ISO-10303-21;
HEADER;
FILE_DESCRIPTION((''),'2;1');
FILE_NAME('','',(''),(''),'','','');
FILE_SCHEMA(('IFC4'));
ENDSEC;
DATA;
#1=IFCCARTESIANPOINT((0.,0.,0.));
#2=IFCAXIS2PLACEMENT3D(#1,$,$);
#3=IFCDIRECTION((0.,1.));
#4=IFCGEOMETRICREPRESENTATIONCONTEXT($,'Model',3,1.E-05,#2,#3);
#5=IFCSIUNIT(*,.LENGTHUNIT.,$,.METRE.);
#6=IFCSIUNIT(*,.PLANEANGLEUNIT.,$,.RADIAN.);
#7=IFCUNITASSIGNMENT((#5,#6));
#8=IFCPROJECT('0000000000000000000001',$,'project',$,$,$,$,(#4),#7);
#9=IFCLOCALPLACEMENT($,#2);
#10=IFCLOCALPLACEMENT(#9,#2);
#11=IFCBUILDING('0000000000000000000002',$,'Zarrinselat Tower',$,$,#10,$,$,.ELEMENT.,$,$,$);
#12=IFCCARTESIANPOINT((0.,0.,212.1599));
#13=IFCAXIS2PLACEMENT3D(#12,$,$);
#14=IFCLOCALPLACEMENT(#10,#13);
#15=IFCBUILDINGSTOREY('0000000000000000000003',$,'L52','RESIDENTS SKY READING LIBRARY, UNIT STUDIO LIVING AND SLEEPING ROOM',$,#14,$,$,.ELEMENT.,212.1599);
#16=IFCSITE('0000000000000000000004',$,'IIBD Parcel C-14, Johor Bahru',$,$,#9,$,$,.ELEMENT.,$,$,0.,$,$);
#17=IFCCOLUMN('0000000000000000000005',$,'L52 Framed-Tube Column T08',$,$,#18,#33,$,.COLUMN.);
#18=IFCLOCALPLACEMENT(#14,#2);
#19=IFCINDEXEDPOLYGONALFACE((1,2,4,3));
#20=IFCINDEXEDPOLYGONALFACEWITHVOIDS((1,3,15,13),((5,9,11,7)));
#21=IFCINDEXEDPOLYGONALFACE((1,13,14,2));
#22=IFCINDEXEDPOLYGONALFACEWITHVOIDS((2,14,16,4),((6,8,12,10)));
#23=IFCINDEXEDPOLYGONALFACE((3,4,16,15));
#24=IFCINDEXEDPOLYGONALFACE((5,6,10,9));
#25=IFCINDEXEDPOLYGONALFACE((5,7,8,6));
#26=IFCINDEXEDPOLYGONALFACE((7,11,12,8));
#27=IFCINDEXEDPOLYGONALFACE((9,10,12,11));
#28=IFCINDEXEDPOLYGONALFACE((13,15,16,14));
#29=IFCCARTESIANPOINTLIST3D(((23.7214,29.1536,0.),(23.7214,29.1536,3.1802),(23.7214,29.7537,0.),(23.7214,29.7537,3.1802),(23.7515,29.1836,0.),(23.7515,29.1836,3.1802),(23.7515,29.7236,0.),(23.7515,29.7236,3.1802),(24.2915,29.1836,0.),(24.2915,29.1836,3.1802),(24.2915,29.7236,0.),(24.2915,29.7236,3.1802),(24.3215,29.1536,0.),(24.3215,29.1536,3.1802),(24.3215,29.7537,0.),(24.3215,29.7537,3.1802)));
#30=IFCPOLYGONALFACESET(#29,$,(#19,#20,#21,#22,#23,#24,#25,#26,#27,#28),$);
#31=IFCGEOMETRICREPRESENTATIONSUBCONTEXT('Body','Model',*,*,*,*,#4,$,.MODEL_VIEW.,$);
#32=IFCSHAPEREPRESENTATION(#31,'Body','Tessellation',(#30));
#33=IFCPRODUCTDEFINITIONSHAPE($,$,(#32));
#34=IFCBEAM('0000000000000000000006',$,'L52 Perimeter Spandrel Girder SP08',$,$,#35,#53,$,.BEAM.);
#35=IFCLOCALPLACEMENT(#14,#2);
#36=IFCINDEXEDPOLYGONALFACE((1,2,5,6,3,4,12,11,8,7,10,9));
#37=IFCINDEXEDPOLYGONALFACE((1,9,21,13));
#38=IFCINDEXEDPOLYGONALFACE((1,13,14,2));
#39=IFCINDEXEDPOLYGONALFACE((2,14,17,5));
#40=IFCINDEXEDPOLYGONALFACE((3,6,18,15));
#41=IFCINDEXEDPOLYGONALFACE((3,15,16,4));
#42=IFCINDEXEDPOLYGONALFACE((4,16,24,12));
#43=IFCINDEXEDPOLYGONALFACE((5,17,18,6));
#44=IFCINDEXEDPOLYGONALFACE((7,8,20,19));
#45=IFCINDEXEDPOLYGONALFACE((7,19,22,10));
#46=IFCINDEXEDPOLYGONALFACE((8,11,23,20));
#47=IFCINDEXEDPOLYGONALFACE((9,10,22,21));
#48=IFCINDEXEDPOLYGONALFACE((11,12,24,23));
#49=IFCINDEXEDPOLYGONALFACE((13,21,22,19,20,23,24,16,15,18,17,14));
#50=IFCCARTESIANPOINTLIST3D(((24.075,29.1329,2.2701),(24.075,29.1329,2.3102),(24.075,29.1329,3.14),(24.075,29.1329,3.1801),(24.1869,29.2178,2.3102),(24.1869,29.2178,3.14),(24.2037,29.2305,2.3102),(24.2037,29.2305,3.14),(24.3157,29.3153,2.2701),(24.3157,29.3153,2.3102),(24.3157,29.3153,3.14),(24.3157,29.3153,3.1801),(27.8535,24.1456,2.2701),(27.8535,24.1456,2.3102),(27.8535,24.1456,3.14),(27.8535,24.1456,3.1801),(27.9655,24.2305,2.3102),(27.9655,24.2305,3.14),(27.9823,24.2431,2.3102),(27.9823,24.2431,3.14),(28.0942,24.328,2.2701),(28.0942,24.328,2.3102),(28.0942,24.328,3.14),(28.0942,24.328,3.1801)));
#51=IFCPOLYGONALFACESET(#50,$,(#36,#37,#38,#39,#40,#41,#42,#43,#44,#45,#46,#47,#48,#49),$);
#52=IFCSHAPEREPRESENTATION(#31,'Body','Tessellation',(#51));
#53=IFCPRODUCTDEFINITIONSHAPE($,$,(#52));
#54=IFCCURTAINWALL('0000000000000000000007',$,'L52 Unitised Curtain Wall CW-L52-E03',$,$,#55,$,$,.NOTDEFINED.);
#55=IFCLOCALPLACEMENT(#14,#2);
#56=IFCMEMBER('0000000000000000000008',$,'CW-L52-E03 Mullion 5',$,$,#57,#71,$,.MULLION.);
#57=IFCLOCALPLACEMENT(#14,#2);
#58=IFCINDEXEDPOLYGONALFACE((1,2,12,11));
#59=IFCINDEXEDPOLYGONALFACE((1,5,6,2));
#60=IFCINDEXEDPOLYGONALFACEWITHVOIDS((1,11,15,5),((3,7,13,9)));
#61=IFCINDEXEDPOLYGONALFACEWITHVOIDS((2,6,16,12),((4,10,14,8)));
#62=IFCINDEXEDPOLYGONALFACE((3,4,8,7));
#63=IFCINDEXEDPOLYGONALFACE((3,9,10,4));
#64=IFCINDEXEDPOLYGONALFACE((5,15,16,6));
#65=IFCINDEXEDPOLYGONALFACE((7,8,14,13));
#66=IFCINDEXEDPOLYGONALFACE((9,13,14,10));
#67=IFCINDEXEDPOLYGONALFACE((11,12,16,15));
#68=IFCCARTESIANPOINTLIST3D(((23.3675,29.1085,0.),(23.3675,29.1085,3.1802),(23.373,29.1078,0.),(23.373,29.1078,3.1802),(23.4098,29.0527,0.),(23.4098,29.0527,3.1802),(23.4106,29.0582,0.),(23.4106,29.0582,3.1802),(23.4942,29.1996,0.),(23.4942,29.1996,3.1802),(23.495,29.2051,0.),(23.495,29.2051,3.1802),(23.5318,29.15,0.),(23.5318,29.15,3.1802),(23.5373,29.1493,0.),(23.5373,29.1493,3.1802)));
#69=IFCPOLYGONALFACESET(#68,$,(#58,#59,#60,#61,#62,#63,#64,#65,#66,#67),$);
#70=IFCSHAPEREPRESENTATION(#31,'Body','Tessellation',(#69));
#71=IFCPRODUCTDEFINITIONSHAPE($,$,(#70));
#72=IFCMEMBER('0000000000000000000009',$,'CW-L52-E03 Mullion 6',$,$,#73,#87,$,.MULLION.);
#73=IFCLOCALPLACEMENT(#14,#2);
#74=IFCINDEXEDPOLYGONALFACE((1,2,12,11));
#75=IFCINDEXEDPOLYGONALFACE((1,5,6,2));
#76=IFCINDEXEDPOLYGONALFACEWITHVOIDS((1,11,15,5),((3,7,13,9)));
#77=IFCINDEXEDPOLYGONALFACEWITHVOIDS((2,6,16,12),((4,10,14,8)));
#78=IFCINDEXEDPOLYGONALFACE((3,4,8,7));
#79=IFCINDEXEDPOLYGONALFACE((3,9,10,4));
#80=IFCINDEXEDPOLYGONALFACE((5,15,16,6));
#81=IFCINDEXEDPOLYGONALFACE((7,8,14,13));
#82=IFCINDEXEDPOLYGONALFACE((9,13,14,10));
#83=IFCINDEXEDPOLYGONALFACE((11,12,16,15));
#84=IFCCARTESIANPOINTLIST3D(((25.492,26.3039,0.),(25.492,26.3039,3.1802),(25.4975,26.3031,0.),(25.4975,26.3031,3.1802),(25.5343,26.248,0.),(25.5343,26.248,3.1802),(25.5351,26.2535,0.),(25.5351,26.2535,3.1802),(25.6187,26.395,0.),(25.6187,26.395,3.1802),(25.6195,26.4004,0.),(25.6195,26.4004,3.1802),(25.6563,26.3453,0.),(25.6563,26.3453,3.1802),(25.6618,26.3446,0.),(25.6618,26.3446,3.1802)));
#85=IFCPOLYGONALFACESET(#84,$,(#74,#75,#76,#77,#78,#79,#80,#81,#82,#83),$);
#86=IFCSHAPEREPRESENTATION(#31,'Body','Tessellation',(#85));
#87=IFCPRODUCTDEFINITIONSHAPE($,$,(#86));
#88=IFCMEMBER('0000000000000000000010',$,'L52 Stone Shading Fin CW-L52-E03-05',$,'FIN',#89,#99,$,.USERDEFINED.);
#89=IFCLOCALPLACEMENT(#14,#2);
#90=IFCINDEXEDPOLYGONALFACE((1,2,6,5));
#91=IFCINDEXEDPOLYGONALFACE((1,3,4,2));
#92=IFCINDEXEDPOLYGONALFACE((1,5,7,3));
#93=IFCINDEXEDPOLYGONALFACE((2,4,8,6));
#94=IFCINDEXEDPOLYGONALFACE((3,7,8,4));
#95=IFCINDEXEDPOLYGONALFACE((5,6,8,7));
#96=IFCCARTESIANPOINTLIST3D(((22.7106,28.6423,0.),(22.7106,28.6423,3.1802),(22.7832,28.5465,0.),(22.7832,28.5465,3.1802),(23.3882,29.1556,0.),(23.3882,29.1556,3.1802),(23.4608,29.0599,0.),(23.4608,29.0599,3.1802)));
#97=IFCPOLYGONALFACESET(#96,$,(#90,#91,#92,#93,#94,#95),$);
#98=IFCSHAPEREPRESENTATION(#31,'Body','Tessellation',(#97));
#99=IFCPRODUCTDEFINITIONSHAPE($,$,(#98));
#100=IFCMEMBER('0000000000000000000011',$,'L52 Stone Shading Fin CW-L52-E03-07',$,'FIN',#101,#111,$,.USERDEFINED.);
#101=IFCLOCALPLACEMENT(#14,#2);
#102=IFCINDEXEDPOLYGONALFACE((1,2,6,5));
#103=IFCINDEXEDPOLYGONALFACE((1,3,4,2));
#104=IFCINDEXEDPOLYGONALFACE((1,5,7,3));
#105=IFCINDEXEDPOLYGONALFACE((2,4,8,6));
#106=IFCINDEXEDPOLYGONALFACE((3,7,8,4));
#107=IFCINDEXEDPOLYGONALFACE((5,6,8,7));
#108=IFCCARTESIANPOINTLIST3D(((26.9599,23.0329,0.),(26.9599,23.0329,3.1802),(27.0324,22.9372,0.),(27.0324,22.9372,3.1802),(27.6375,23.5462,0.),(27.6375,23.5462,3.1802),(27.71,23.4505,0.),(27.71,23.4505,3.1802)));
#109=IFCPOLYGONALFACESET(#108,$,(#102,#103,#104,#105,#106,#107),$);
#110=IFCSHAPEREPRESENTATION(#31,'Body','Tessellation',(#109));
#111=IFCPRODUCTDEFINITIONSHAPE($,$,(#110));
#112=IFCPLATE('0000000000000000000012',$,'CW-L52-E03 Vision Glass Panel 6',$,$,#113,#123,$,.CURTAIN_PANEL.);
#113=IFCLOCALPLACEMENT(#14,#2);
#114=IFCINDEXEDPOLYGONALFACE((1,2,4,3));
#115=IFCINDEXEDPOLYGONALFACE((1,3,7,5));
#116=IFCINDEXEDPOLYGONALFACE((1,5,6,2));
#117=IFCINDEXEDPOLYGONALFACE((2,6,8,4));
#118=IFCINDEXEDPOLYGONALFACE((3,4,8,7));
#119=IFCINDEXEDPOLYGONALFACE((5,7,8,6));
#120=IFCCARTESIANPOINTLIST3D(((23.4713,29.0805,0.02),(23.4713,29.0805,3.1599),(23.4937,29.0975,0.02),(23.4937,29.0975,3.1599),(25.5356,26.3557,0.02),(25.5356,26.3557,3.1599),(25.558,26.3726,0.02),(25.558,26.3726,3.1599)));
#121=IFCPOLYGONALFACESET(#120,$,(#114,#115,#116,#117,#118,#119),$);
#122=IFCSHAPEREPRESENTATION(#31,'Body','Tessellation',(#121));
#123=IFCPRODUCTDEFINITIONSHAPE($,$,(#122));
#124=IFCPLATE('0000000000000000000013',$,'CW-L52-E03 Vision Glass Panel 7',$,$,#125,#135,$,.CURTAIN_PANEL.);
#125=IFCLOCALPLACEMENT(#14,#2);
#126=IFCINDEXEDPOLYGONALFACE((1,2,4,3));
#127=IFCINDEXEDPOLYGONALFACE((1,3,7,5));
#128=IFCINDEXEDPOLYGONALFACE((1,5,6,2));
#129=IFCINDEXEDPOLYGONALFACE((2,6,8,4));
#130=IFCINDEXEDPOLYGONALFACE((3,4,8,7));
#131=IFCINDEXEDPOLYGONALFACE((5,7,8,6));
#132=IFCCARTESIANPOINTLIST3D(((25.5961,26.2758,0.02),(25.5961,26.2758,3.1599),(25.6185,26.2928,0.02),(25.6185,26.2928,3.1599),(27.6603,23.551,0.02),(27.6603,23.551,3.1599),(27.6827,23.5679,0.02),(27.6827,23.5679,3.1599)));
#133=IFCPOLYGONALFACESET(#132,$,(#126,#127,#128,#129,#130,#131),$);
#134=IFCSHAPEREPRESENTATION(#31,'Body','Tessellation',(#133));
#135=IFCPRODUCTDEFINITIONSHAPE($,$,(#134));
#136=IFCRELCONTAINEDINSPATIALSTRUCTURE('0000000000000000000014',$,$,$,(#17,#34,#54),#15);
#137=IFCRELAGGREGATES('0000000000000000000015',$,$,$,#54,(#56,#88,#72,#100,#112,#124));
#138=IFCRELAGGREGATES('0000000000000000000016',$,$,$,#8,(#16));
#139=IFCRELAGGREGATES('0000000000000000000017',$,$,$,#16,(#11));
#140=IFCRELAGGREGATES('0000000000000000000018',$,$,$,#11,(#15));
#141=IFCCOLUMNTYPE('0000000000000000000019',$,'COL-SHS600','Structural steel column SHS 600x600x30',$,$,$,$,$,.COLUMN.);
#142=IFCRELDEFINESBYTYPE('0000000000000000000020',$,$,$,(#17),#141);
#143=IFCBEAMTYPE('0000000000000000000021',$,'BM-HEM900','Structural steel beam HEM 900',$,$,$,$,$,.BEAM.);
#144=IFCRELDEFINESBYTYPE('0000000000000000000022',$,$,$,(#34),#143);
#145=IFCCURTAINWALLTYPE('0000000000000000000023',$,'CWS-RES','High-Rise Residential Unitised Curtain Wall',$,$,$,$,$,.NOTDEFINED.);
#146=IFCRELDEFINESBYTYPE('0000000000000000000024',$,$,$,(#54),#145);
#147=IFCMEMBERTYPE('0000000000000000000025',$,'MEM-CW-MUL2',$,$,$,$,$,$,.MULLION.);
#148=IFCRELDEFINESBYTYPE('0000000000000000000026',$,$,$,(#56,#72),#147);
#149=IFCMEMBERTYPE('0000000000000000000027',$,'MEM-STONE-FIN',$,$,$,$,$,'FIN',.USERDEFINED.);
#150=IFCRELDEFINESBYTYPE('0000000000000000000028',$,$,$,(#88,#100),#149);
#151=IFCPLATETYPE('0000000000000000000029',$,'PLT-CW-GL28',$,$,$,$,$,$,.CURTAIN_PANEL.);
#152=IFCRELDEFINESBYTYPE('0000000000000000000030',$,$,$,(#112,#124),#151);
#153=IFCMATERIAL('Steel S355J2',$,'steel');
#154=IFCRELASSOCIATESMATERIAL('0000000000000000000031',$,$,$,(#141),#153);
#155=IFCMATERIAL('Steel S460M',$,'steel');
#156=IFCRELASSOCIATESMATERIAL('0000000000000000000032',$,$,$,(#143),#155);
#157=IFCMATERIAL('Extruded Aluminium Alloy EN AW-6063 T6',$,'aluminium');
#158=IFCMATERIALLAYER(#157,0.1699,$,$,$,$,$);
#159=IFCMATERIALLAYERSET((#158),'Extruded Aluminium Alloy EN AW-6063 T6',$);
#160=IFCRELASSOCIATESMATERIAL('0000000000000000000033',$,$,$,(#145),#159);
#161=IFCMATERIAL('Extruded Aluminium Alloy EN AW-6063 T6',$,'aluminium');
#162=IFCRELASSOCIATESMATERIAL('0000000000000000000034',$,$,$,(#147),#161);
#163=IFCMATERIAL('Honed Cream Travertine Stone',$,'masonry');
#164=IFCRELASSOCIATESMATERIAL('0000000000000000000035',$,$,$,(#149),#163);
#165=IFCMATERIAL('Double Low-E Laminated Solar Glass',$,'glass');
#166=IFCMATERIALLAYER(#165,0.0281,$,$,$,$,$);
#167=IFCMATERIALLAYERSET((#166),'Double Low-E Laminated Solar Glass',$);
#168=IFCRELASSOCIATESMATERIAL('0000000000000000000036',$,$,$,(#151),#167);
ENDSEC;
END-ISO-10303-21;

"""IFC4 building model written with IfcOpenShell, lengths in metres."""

from ifc_helpers import new_model, si_unit, direction, frame, origin, origin_2d, place, context, subcontext, project, spatial, rectangle, hollow_rectangle, i_section, extrude, material, layer, layer_set, material_profile, profile_set, type_object, element, aggregate, save


model = new_model("IFC4")

# Units and contexts
model_context = context("Model", 3, precision=1e-05, world=origin(), true_north=direction((0.0, 1.0)))
body_context = subcontext(model_context, "Body", "Model", "MODEL_VIEW")
ifc_project = project(units=[si_unit("LENGTHUNIT", "METRE"), si_unit("PLANEANGLEUNIT", "RADIAN")], contexts=[model_context])

# Site, building, storey
site_placement = place(None, origin())
site = spatial("IfcSite", under=ifc_project, at=site_placement, Name="IIBD Parcel C-14, Johor Bahru", CompositionType="ELEMENT", RefElevation=0.0)
building_placement = place(site_placement, origin())
building = spatial("IfcBuilding", under=site, at=building_placement, Name="Zarrinselat Tower", CompositionType="ELEMENT")
storey_placement = place(building_placement, frame((0.0, 0.0, 212.1599)))
storey = spatial("IfcBuildingStorey", under=building, at=storey_placement, Name="L52", Description="RESIDENTS SKY READING LIBRARY, UNIT STUDIO LIVING AND SLEEPING ROOM", CompositionType="ELEMENT", Elevation=212.1599)

# Column
ifc_material_1 = material(Name="Steel S355J2", Category="steel")
ifc_material_profile_1 = material_profile(ifc_material_1, hollow_rectangle(XDim=0.6001, YDim=0.6001, WallThickness=0.03, at=origin_2d()), Name="SHS 600x600x30")
ifc_profile_set_1 = profile_set([ifc_material_profile_1], Name="Steel S355J2")
column_type = type_object("IfcColumnType", Name="COL-SHS600", Description="Structural steel column SHS 600x600x30", PredefinedType="COLUMN", material=ifc_profile_set_1)
column_placement = place(storey_placement, frame((24.0215, 29.4536, 0.0), z_axis=(0.0, 0.0, 1.0), x_axis=(1.0, 0.0, 0.0)))
element("IfcColumn", 1, at=column_placement, inside=storey, type_object=column_type, Name="L52 Framed-Tube Column T08", PredefinedType="COLUMN", context=body_context, shape_type="SweptSolid", body=[
    extrude(hollow_rectangle(XDim=0.6001, YDim=0.6001, WallThickness=0.03, at=origin_2d()), origin(), (0.0, 0.0, 1.0), 3.1802),
])

# Beam
ifc_material_2 = material(Name="Steel S460M", Category="steel")
ifc_material_profile_2 = material_profile(ifc_material_2, i_section(OverallWidth=0.302, OverallDepth=0.9099, WebThickness=0.021, FlangeThickness=0.04, at=origin_2d()), Name="HEM 900")
ifc_profile_set_2 = profile_set([ifc_material_profile_2], Name="Steel S460M")
beam_type = type_object("IfcBeamType", Name="BM-HEM900", Description="Structural steel beam HEM 900", PredefinedType="BEAM", material=ifc_profile_set_2)
beam_placement = place(storey_placement, frame((24.1953, 29.2241, 2.7251), z_axis=(0.603888, -0.797069, 0.0), x_axis=(0.797069, 0.603888, 0.0)))
element("IfcBeam", 2, at=beam_placement, inside=storey, type_object=beam_type, Name="L52 Perimeter Spandrel Girder SP08", PredefinedType="BEAM", context=body_context, shape_type="SweptSolid", body=[
    extrude(i_section(OverallWidth=0.302, OverallDepth=0.9099, WebThickness=0.021, FlangeThickness=0.04, at=origin_2d()), origin(), (0.0, 0.0, 1.0), 6.2571),
])

# Curtain wall, members, plates
ifc_material_3 = material(Name="Extruded Aluminium Alloy EN AW-6063 T6", Category="aluminium")
ifc_layer_1 = layer(ifc_material_3, 0.1699)
ifc_layer_set_1 = layer_set([ifc_layer_1], Name="Extruded Aluminium Alloy EN AW-6063 T6")
curtain_wall_type = type_object("IfcCurtainWallType", Name="CWS-RES", Description="High-Rise Residential Unitised Curtain Wall", PredefinedType="NOTDEFINED", material=ifc_layer_set_1)
curtain_wall_placement = place(storey_placement, origin())
curtain_wall = element("IfcCurtainWall", 3, at=curtain_wall_placement, inside=storey, type_object=curtain_wall_type, Name="L52 Unitised Curtain Wall CW-L52-E03", PredefinedType="NOTDEFINED")
ifc_material_4 = material(Name="Extruded Aluminium Alloy EN AW-6063 T6", Category="aluminium")
ifc_material_profile_3 = material_profile(ifc_material_4, hollow_rectangle(XDim=0.0701, YDim=0.1599, WallThickness=0.0039, at=origin_2d()), Name="RHS 160x70x4")
ifc_profile_set_3 = profile_set([ifc_material_profile_3], Name="Extruded Aluminium Alloy EN AW-6063 T6")
member_type_1 = type_object("IfcMemberType", Name="MEM-CW-MUL2", PredefinedType="MULLION", material=ifc_profile_set_3)
member_1_placement = place(storey_placement, frame((23.4524, 29.1289, 0.0), z_axis=(0.0, 0.0, 1.0), x_axis=(0.603859, -0.797091, 0.0)))
member_1 = element("IfcMember", 4, at=member_1_placement, type_object=member_type_1, Name="CW-L52-E03 Mullion 5", PredefinedType="MULLION", context=body_context, shape_type="SweptSolid", body=[
    extrude(hollow_rectangle(XDim=0.0701, YDim=0.1599, WallThickness=0.0039, at=origin_2d()), origin(), (0.0, 0.0, 1.0), 3.1802),
])
member_2_placement = place(storey_placement, frame((25.5769, 26.3242, 0.0), z_axis=(0.0, 0.0, 1.0), x_axis=(0.603859, -0.797091, 0.0)))
member_2 = element("IfcMember", 5, at=member_2_placement, type_object=member_type_1, Name="CW-L52-E03 Mullion 6", PredefinedType="MULLION", context=body_context, shape_type="SweptSolid", body=[
    extrude(hollow_rectangle(XDim=0.0701, YDim=0.1599, WallThickness=0.0039, at=origin_2d()), origin(), (0.0, 0.0, 1.0), 3.1802),
])
ifc_material_5 = material(Name="Honed Cream Travertine Stone", Category="masonry")
ifc_material_profile_4 = material_profile(ifc_material_5, rectangle(XDim=0.1201, YDim=0.8501, at=origin_2d()), Name="FIN 850x120")
ifc_profile_set_4 = profile_set([ifc_material_profile_4], Name="Honed Cream Travertine Stone")
member_type_2 = type_object("IfcMemberType", Name="MEM-STONE-FIN", ElementType="FIN", PredefinedType="USERDEFINED", material=ifc_profile_set_4)
member_3_placement = place(storey_placement, frame((23.0857, 28.8511, 0.0), z_axis=(0.0, 0.0, 1.0), x_axis=(-0.603859, 0.797091, 0.0)))
member_3 = element("IfcMember", 6, at=member_3_placement, type_object=member_type_2, Name="L52 Stone Shading Fin CW-L52-E03-05", ObjectType="FIN", PredefinedType="USERDEFINED", context=body_context, shape_type="SweptSolid", body=[
    extrude(rectangle(XDim=0.1201, YDim=0.8501, at=origin_2d()), origin(), (0.0, 0.0, 1.0), 3.1802),
])
member_4_placement = place(storey_placement, frame((27.335, 23.2417, 0.0), z_axis=(0.0, 0.0, 1.0), x_axis=(-0.603859, 0.797091, 0.0)))
member_4 = element("IfcMember", 7, at=member_4_placement, type_object=member_type_2, Name="L52 Stone Shading Fin CW-L52-E03-07", ObjectType="FIN", PredefinedType="USERDEFINED", context=body_context, shape_type="SweptSolid", body=[
    extrude(rectangle(XDim=0.1201, YDim=0.8501, at=origin_2d()), origin(), (0.0, 0.0, 1.0), 3.1802),
])
ifc_material_6 = material(Name="Double Low-E Laminated Solar Glass", Category="glass")
ifc_layer_2 = layer(ifc_material_6, 0.0281)
ifc_layer_set_2 = layer_set([ifc_layer_2], Name="Double Low-E Laminated Solar Glass")
plate_type = type_object("IfcPlateType", Name="PLT-CW-GL28", PredefinedType="CURTAIN_PANEL", material=ifc_layer_set_2)
plate_1_placement = place(storey_placement, frame((24.5146, 27.7266, 0.02), z_axis=(0.0, 0.0, 1.0), x_axis=(0.603859, -0.797091, 0.0)))
plate_1 = element("IfcPlate", 8, at=plate_1_placement, type_object=plate_type, Name="CW-L52-E03 Vision Glass Panel 6", PredefinedType="CURTAIN_PANEL", context=body_context, shape_type="SweptSolid", body=[
    extrude(rectangle(XDim=3.4185, YDim=0.0281, at=origin_2d()), origin(), (0.0, 0.0, 1.0), 3.1399),
])
plate_2_placement = place(storey_placement, frame((26.6394, 24.9219, 0.02), z_axis=(0.0, 0.0, 1.0), x_axis=(0.603859, -0.797091, 0.0)))
plate_2 = element("IfcPlate", 9, at=plate_2_placement, type_object=plate_type, Name="CW-L52-E03 Vision Glass Panel 7", PredefinedType="CURTAIN_PANEL", context=body_context, shape_type="SweptSolid", body=[
    extrude(rectangle(XDim=3.4185, YDim=0.0281, at=origin_2d()), origin(), (0.0, 0.0, 1.0), 3.1399),
])
aggregate(curtain_wall, [member_1, member_3, member_2, member_4, plate_1, plate_2])

save(model, "model.ifc")
